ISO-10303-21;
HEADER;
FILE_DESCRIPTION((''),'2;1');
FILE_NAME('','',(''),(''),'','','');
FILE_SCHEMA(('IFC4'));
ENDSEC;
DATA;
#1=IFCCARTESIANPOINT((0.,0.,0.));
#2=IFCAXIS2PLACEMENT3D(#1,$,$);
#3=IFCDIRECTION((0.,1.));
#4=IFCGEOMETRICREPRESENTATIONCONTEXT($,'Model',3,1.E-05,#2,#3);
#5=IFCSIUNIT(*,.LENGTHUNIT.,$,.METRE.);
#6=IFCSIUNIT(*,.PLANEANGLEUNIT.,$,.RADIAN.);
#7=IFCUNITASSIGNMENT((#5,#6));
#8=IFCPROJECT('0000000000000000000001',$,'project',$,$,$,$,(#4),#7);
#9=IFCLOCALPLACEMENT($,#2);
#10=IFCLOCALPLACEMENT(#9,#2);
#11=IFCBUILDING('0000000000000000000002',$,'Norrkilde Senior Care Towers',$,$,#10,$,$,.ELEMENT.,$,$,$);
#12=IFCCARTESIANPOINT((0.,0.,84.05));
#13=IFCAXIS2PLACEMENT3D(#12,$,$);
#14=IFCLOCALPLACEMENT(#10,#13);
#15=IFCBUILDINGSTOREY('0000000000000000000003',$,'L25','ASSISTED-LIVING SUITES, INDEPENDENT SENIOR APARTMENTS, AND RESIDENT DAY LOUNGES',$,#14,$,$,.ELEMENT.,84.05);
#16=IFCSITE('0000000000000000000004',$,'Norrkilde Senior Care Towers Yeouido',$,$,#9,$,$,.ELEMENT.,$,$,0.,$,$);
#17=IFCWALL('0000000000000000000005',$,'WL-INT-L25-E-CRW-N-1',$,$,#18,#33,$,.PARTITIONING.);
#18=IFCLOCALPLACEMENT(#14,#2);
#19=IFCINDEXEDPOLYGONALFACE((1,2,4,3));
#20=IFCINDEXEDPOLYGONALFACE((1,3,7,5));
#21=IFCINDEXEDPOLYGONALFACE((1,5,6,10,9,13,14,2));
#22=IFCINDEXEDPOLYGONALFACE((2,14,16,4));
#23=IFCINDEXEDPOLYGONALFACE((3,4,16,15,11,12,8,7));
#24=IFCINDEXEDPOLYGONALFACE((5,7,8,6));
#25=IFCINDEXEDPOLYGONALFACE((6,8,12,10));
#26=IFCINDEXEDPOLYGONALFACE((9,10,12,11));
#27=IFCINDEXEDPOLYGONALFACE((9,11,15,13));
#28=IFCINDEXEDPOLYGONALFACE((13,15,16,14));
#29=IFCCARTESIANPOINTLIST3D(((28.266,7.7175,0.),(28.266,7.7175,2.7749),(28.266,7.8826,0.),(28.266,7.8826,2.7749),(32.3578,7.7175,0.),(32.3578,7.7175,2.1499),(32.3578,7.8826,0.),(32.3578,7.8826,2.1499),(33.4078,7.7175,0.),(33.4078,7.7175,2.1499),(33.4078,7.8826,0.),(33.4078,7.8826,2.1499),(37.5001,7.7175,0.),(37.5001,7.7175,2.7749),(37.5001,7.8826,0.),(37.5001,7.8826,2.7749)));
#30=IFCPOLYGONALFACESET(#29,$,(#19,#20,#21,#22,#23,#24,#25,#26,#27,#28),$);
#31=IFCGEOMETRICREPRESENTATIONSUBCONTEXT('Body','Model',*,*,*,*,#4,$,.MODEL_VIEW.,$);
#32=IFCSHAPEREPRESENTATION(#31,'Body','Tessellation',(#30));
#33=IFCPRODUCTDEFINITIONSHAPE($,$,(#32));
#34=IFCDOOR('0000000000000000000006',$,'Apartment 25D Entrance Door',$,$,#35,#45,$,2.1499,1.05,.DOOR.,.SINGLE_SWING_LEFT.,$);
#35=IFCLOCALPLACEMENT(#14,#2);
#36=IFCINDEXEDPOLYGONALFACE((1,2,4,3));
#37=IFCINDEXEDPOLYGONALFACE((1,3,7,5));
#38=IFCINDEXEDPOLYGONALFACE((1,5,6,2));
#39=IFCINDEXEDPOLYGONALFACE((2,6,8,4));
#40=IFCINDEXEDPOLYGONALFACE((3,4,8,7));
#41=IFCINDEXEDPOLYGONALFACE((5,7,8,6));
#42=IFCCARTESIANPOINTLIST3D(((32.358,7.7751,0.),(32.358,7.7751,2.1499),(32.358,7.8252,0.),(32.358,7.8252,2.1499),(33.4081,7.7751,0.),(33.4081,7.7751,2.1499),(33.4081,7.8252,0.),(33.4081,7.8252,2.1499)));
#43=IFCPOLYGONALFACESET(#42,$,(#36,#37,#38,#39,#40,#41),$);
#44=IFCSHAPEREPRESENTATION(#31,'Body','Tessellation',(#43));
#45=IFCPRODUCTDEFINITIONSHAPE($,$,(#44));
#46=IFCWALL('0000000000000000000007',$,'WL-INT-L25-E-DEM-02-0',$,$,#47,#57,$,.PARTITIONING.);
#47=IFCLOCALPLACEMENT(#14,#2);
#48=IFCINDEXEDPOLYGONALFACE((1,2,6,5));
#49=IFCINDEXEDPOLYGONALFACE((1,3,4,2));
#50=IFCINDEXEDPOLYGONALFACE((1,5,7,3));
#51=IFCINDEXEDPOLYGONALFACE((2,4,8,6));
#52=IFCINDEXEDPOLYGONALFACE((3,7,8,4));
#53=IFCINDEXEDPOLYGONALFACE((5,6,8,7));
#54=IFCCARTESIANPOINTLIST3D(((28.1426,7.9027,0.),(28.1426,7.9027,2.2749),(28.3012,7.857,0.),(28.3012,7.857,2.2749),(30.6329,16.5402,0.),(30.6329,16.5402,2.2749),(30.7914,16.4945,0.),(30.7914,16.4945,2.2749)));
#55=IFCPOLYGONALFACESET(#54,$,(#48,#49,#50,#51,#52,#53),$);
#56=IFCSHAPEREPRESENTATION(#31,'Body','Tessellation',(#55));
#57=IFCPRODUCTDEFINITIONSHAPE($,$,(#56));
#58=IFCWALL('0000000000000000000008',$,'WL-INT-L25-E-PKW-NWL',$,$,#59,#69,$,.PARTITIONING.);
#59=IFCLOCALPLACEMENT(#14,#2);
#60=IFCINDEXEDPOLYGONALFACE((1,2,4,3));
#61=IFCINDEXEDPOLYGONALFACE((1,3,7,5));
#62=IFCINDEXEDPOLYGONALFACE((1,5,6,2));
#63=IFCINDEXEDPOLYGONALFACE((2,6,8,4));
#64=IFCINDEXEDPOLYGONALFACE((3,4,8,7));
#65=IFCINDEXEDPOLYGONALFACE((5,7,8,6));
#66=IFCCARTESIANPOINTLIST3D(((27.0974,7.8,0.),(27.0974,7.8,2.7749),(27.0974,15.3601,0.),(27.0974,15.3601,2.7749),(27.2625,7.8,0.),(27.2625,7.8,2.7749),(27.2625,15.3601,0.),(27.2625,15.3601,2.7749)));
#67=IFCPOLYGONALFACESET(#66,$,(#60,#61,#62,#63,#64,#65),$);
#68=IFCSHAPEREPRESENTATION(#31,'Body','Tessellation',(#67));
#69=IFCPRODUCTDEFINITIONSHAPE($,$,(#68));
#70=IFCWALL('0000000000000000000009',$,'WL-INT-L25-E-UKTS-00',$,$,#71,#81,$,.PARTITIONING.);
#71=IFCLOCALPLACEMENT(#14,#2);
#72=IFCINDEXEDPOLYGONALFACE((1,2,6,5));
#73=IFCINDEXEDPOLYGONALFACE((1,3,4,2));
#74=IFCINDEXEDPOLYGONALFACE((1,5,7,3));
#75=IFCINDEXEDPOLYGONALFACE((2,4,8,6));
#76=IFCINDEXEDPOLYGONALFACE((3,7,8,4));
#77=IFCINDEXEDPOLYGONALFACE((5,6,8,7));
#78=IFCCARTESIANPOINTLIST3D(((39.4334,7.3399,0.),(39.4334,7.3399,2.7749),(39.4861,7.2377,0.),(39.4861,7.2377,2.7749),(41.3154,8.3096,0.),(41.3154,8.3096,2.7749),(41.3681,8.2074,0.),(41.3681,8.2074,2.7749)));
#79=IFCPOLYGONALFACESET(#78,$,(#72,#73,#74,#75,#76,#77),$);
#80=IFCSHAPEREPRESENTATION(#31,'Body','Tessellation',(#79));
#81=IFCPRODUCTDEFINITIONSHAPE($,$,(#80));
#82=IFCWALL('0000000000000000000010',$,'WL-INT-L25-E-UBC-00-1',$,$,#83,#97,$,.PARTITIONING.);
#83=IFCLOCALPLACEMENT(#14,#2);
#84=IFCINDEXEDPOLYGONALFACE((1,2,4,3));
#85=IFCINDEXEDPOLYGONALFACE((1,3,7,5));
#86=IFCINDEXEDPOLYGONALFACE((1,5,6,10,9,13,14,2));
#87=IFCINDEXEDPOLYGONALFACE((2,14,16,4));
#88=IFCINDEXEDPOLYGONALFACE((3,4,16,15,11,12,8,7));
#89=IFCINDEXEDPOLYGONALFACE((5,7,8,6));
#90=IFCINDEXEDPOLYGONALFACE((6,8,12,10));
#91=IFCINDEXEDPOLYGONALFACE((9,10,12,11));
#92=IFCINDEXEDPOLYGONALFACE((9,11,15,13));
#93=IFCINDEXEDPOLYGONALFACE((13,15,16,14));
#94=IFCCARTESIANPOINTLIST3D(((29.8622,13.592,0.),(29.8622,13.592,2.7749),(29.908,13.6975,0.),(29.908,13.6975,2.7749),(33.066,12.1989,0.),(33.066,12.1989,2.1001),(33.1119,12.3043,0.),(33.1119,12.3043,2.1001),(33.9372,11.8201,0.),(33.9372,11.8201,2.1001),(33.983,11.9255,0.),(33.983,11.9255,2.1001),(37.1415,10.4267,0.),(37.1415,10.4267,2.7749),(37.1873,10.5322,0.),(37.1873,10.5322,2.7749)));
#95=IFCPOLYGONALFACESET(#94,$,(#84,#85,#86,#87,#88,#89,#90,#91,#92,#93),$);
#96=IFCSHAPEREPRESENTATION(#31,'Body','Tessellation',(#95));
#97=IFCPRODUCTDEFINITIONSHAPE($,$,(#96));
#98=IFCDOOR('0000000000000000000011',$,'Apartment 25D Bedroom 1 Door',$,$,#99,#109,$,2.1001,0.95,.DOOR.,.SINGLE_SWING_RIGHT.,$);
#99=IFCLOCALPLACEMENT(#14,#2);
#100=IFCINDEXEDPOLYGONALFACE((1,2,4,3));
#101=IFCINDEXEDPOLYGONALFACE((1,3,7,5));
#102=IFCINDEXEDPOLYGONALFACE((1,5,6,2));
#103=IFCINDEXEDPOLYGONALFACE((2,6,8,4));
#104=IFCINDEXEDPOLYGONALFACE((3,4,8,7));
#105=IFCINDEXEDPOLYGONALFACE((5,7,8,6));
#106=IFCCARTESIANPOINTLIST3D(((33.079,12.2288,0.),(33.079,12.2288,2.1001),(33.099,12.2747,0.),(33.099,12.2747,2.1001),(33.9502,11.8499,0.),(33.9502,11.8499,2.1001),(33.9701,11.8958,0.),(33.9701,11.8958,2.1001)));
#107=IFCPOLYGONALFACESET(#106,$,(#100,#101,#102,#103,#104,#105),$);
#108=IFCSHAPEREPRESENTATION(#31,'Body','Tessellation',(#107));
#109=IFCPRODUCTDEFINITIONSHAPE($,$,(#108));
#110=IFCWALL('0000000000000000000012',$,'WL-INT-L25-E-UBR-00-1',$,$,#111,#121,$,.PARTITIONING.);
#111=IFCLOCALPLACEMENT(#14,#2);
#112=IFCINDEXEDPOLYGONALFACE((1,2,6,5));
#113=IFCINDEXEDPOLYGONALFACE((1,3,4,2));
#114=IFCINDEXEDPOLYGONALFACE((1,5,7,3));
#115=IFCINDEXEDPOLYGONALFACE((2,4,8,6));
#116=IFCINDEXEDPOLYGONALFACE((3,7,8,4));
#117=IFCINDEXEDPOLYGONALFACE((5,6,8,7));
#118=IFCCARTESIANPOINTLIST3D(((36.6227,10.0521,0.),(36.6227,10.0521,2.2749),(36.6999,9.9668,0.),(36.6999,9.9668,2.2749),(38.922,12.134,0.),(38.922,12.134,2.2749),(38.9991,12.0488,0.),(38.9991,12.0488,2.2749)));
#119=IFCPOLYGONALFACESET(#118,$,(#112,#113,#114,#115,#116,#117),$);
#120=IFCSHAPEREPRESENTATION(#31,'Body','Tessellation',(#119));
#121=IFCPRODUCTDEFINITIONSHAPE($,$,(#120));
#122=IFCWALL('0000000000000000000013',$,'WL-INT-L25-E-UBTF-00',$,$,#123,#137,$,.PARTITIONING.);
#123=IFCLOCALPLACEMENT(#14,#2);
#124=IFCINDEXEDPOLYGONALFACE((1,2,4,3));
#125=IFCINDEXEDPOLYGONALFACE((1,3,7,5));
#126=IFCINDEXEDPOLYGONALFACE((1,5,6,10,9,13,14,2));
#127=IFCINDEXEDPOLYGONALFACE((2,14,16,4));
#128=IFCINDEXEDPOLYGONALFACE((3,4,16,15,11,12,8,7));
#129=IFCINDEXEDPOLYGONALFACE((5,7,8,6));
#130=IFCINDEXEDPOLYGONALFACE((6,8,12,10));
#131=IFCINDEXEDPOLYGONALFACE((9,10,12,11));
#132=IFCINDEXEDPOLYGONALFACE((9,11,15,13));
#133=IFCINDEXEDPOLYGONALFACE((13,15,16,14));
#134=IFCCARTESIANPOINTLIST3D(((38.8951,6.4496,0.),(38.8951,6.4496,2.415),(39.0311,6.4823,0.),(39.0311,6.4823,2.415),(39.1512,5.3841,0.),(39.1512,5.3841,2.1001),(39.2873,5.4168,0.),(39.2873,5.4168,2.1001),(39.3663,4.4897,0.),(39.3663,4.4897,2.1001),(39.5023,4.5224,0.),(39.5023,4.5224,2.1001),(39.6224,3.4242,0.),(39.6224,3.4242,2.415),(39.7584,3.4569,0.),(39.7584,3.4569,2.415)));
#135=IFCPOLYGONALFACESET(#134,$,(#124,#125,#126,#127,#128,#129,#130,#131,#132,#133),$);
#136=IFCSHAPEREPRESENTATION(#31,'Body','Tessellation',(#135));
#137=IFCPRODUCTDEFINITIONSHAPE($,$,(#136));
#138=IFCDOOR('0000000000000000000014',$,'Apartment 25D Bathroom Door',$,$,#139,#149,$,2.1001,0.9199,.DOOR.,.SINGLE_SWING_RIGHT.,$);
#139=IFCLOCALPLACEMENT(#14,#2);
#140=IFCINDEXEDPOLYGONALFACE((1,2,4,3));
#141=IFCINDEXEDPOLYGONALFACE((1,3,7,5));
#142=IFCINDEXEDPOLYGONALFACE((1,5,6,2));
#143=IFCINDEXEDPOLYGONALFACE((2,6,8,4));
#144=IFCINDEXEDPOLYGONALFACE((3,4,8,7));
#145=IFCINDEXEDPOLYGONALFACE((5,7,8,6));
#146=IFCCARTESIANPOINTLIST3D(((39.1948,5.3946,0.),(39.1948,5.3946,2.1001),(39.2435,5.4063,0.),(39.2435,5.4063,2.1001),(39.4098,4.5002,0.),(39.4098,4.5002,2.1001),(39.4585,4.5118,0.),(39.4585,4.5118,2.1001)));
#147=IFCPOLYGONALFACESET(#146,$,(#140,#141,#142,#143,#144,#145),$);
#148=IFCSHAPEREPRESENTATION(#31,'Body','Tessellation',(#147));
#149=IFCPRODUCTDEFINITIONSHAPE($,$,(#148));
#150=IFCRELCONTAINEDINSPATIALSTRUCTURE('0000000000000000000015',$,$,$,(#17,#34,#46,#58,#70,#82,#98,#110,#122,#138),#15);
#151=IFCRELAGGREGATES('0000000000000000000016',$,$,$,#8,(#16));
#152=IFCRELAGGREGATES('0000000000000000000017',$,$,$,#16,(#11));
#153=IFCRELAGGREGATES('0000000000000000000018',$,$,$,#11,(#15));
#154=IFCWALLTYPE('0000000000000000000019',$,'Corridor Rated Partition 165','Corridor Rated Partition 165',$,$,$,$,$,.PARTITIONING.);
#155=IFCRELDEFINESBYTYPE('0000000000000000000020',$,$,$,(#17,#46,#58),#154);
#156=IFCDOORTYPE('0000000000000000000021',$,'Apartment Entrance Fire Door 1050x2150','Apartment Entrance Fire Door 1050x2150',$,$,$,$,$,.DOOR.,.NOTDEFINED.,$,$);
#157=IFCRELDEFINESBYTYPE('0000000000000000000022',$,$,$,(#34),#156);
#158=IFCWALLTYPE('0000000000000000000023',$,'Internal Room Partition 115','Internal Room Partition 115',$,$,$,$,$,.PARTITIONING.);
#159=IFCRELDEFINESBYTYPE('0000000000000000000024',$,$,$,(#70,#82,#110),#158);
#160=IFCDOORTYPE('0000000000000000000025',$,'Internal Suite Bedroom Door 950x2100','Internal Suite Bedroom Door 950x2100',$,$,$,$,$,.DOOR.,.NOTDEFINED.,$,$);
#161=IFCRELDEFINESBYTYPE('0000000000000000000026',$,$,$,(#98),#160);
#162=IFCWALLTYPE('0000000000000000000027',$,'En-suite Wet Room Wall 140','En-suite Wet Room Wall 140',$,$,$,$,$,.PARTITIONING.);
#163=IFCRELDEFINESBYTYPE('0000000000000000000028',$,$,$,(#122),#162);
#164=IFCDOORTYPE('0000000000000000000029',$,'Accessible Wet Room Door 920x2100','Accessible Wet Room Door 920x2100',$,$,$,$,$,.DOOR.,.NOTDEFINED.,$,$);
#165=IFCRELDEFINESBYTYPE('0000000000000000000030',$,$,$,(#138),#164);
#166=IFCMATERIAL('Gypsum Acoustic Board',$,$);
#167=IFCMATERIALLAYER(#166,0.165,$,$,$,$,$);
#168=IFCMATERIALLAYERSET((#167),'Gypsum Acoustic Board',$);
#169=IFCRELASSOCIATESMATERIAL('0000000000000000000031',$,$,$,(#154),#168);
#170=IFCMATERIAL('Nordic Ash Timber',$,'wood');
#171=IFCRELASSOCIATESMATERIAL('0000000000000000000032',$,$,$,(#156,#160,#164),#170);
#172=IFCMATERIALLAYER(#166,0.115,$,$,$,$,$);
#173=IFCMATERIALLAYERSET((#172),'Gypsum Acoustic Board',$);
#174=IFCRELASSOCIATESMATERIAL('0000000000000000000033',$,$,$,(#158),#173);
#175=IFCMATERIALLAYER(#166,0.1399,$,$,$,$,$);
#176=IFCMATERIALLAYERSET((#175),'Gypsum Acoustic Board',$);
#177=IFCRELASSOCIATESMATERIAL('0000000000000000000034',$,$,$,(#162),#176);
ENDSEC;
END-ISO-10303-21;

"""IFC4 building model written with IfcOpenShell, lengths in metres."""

from ifc_helpers import new_model, si_unit, direction, frame, frame_2d, origin, place, context, subcontext, project, spatial, rectangle, extrude, source, transform, mapped, material, layer, layer_set, type_object, type_shapes, element, fill, save


model = new_model("IFC4")

# Units and contexts
model_context = context("Model", 3, precision=1e-05, world=origin(), true_north=direction((0.0, 1.0)))
body_context = subcontext(model_context, "Body", "Model", "MODEL_VIEW")
ifc_project = project(units=[si_unit("LENGTHUNIT", "METRE"), si_unit("PLANEANGLEUNIT", "RADIAN")], contexts=[model_context])

# Site, building, storey
site_placement = place(None, origin())
site = spatial("IfcSite", under=ifc_project, at=site_placement, Name="Norrkilde Senior Care Towers Yeouido", CompositionType="ELEMENT", RefElevation=0.0)
building_placement = place(site_placement, origin())
building = spatial("IfcBuilding", under=site, at=building_placement, Name="Norrkilde Senior Care Towers", CompositionType="ELEMENT")
storey_placement = place(building_placement, frame((0.0, 0.0, 84.05)))
storey = spatial("IfcBuildingStorey", under=building, at=storey_placement, Name="L25", Description="ASSISTED-LIVING SUITES, INDEPENDENT SENIOR APARTMENTS, AND RESIDENT DAY LOUNGES", CompositionType="ELEMENT", Elevation=84.05)

# Wall, opening, door
ifc_material_1 = material(Name="Gypsum Acoustic Board")
ifc_layer_1 = layer(ifc_material_1, 0.165)
ifc_layer_set_1 = layer_set([ifc_layer_1], Name="Gypsum Acoustic Board")
wall_type_1 = type_object("IfcWallType", Name="Corridor Rated Partition 165", Description="Corridor Rated Partition 165", PredefinedType="PARTITIONING", material=ifc_layer_set_1)
ifc_material_2 = material(Name="Nordic Ash Timber", Category="wood")
door_type_1 = type_object("IfcDoorType", Name="Apartment Entrance Fire Door 1050x2150", Description="Apartment Entrance Fire Door 1050x2150", OperationType="NOTDEFINED", PredefinedType="DOOR", material=ifc_material_2)
shared_shape_1 = source(origin(), body_context, "Body", "SweptSolid", [
    extrude(rectangle(XDim=1.05, YDim=2.1499, at=frame_2d((0.5249, 1.075))), frame((0.0, 0.0249, 0.0), z_axis=(0.0, -1.0, 0.0), x_axis=(1.0, 0.0, 0.0)), (0.0, 0.0, 1.0), 0.05),
])
type_shapes(door_type_1, [shared_shape_1])
shared_shape_2 = source(origin(), body_context, "Body", "SweptSolid", [
    extrude(rectangle(XDim=9.2341, YDim=0.165, at=frame_2d((4.6172, 0.0))), origin(), (0.0, 0.0, 1.0), 2.7749),
])
wall_1_placement = place(storey_placement, frame((28.2659, 7.8, 0.0), z_axis=(0.0, 0.0, 1.0), x_axis=(1.0, 0.0, 0.0)))
wall_1 = element("IfcWall", 1, at=wall_1_placement, inside=storey, type_object=wall_type_1, Name="WL-INT-L25-E-CRW-N-1", PredefinedType="PARTITIONING", context=body_context, shape_type="MappedRepresentation", body=[
    mapped(shared_shape_2, transform((0.0, 0.0, 0.0), x_axis=(1.0, 0.0, 0.0), y_axis=(0.0, 1.0, 0.0), z_axis=(0.0, 0.0, 1.0), scale=1.0)),
])
opening_1_placement = place(wall_1_placement, frame((4.092, 0.0, 0.0)))
opening_1 = element("IfcOpeningElement", 2, at=opening_1_placement, cuts=wall_1, PredefinedType="OPENING", context=body_context, shape_type="SweptSolid", body=[
    extrude(rectangle(XDim=1.05, YDim=2.1499, at=frame_2d((0.5249, 1.075))), frame((0.0, 0.0925, 0.0), z_axis=(0.0, -1.0, 0.0), x_axis=(1.0, 0.0, 0.0)), (0.0, 0.0, 1.0), 0.1851),
])
door_1_placement = place(opening_1_placement, frame((1.05, 0.0, 0.0), z_axis=(0.0, 0.0, 1.0), x_axis=(-1.0, 0.0, 0.0)))
door_1 = element("IfcDoor", 3, at=door_1_placement, inside=storey, type_object=door_type_1, Name="Apartment 25D Entrance Door", OperationType="SINGLE_SWING_LEFT", OverallHeight=2.1499, OverallWidth=1.05, PredefinedType="DOOR", context=body_context, shape_type="MappedRepresentation", body=[
    mapped(shared_shape_1, transform((0.0, 0.0, 0.0), x_axis=(1.0, 0.0, 0.0), y_axis=(0.0, 1.0, 0.0), z_axis=(0.0, 0.0, 1.0), scale=1.0)),
])
fill(opening_1, door_1)

# Walls
shared_shape_3 = source(origin(), body_context, "Body", "SweptSolid", [
    extrude(rectangle(XDim=8.9893, YDim=0.165, at=frame_2d((4.4946, 0.0))), origin(), (0.0, 0.0, 1.0), 2.2749),
])
wall_2_placement = place(storey_placement, frame((28.2219, 7.8799, 0.0), z_axis=(0.0, 0.0, 1.0), x_axis=(0.277023, 0.960863, 0.0)))
element("IfcWall", 4, at=wall_2_placement, inside=storey, type_object=wall_type_1, Name="WL-INT-L25-E-DEM-02-0", PredefinedType="PARTITIONING", context=body_context, shape_type="MappedRepresentation", body=[
    mapped(shared_shape_3, transform((0.0, 0.0, 0.0), x_axis=(1.0, 0.0, 0.0), y_axis=(0.0, 1.0, 0.0), z_axis=(0.0, 0.0, 1.0), scale=1.0)),
])
shared_shape_4 = source(origin(), body_context, "Body", "SweptSolid", [
    extrude(rectangle(XDim=7.5601, YDim=0.165, at=frame_2d((3.78, 0.0))), origin(), (0.0, 0.0, 1.0), 2.7749),
])
wall_3_placement = place(storey_placement, frame((27.1799, 7.8, 0.0), z_axis=(0.0, 0.0, 1.0), x_axis=(0.0, 1.0, 0.0)))
element("IfcWall", 5, at=wall_3_placement, inside=storey, type_object=wall_type_1, Name="WL-INT-L25-E-PKW-NWL", PredefinedType="PARTITIONING", context=body_context, shape_type="MappedRepresentation", body=[
    mapped(shared_shape_4, transform((0.0, 0.0, 0.0), x_axis=(1.0, 0.0, 0.0), y_axis=(0.0, 1.0, 0.0), z_axis=(0.0, 0.0, 1.0), scale=1.0)),
])
ifc_layer_2 = layer(ifc_material_1, 0.115)
ifc_layer_set_2 = layer_set([ifc_layer_2], Name="Gypsum Acoustic Board")
wall_type_2 = type_object("IfcWallType", Name="Internal Room Partition 115", Description="Internal Room Partition 115", PredefinedType="PARTITIONING", material=ifc_layer_set_2)
shared_shape_5 = source(origin(), body_context, "Body", "SweptSolid", [
    extrude(rectangle(XDim=2.1172, YDim=0.115, at=frame_2d((1.0586, 0.0))), origin(), (0.0, 0.0, 1.0), 2.7749),
])
wall_4_placement = place(storey_placement, frame((39.4597, 7.2888, 0.0), z_axis=(0.0, 0.0, 1.0), x_axis=(0.888942, 0.45802, 0.0)))
element("IfcWall", 6, at=wall_4_placement, inside=storey, type_object=wall_type_2, Name="WL-INT-L25-E-UKTS-00", PredefinedType="PARTITIONING", context=body_context, shape_type="MappedRepresentation", body=[
    mapped(shared_shape_5, transform((0.0, 0.0, 0.0), x_axis=(1.0, 0.0, 0.0), y_axis=(0.0, 1.0, 0.0), z_axis=(0.0, 0.0, 1.0), scale=1.0)),
])

# Wall, opening, door
shared_shape_6 = source(origin(), body_context, "Body", "SweptSolid", [
    extrude(rectangle(XDim=7.9377, YDim=0.115, at=frame_2d((3.9688, 0.0))), origin(), (0.0, 0.0, 1.0), 2.7749),
])
wall_5_placement = place(storey_placement, frame((37.1643, 10.4795, 0.0), z_axis=(0.0, 0.0, 1.0), x_axis=(-0.917053, 0.398765, 0.0)))
wall_5 = element("IfcWall", 7, at=wall_5_placement, inside=storey, type_object=wall_type_2, Name="WL-INT-L25-E-UBC-00-1", PredefinedType="PARTITIONING", context=body_context, shape_type="MappedRepresentation", body=[
    mapped(shared_shape_6, transform((0.0, 0.0, 0.0), x_axis=(1.0, 0.0, 0.0), y_axis=(0.0, 1.0, 0.0), z_axis=(0.0, 0.0, 1.0), scale=1.0)),
])
opening_2_placement = place(wall_5_placement, frame((3.4939, 0.0, 0.0)))
opening_2 = element("IfcOpeningElement", 8, at=opening_2_placement, cuts=wall_5, PredefinedType="OPENING", context=body_context, shape_type="SweptSolid", body=[
    extrude(rectangle(XDim=0.95, YDim=2.1001, at=frame_2d((0.4751, 1.05))), frame((0.0, 0.0674, 0.0), z_axis=(0.0, -1.0, 0.0), x_axis=(1.0, 0.0, 0.0)), (0.0, 0.0, 1.0), 0.135),
])
door_type_2 = type_object("IfcDoorType", Name="Internal Suite Bedroom Door 950x2100", Description="Internal Suite Bedroom Door 950x2100", OperationType="NOTDEFINED", PredefinedType="DOOR", material=ifc_material_2)
shared_shape_7 = source(origin(), body_context, "Body", "SweptSolid", [
    extrude(rectangle(XDim=0.95, YDim=2.1001, at=frame_2d((0.4751, 1.05))), frame((0.0, 0.0249, 0.0), z_axis=(0.0, -1.0, 0.0), x_axis=(1.0, 0.0, 0.0)), (0.0, 0.0, 1.0), 0.05),
])
type_shapes(door_type_2, [shared_shape_7])
door_2_placement = place(opening_2_placement, origin())
door_2 = element("IfcDoor", 9, at=door_2_placement, inside=storey, type_object=door_type_2, Name="Apartment 25D Bedroom 1 Door", OperationType="SINGLE_SWING_RIGHT", OverallHeight=2.1001, OverallWidth=0.95, PredefinedType="DOOR", context=body_context, shape_type="MappedRepresentation", body=[
    mapped(shared_shape_7, transform((0.0, 0.0, 0.0), x_axis=(1.0, 0.0, 0.0), y_axis=(0.0, 1.0, 0.0), z_axis=(0.0, 0.0, 1.0), scale=1.0)),
])
fill(opening_2, door_2)

# Wall
shared_shape_8 = source(origin(), body_context, "Body", "SweptSolid", [
    extrude(rectangle(XDim=3.1018, YDim=0.115, at=frame_2d((1.5508, 0.0))), origin(), (0.0, 0.0, 1.0), 2.2749),
])
wall_6_placement = place(storey_placement, frame((36.6614, 10.0095, 0.0), z_axis=(0.0, 0.0, 1.0), x_axis=(0.741263, 0.671214, 0.0)))
element("IfcWall", 10, at=wall_6_placement, inside=storey, type_object=wall_type_2, Name="WL-INT-L25-E-UBR-00-1", PredefinedType="PARTITIONING", context=body_context, shape_type="MappedRepresentation", body=[
    mapped(shared_shape_8, transform((0.0, 0.0, 0.0), x_axis=(1.0, 0.0, 0.0), y_axis=(0.0, 1.0, 0.0), z_axis=(0.0, 0.0, 1.0), scale=1.0)),
])

# Wall, opening, door
ifc_layer_3 = layer(ifc_material_1, 0.1399)
ifc_layer_set_3 = layer_set([ifc_layer_3], Name="Gypsum Acoustic Board")
wall_type_3 = type_object("IfcWallType", Name="En-suite Wet Room Wall 140", Description="En-suite Wet Room Wall 140", PredefinedType="PARTITIONING", material=ifc_layer_set_3)
shared_shape_9 = source(origin(), body_context, "Body", "SweptSolid", [
    extrude(rectangle(XDim=3.1116, YDim=0.1399, at=frame_2d((1.5557, 0.0))), origin(), (0.0, 0.0, 1.0), 2.415),
])
type_shapes(wall_type_3, [shared_shape_9])
wall_7_placement = place(storey_placement, frame((38.9631, 6.4658, 0.0), z_axis=(0.0, 0.0, 1.0), x_axis=(0.233738, -0.9723, 0.0)))
wall_7 = element("IfcWall", 11, at=wall_7_placement, inside=storey, type_object=wall_type_3, Name="WL-INT-L25-E-UBTF-00", PredefinedType="PARTITIONING", context=body_context, shape_type="MappedRepresentation", body=[
    mapped(shared_shape_9, transform((0.0, 0.0, 0.0), x_axis=(1.0, 0.0, 0.0), y_axis=(0.0, 1.0, 0.0), z_axis=(0.0, 0.0, 1.0), scale=1.0)),
])
opening_3_placement = place(wall_7_placement, frame((1.0957, 0.0, 0.0)))
opening_3 = element("IfcOpeningElement", 12, at=opening_3_placement, cuts=wall_7, PredefinedType="OPENING", context=body_context, shape_type="SweptSolid", body=[
    extrude(rectangle(XDim=0.9199, YDim=2.1001, at=frame_2d((0.46, 1.05))), frame((0.0, 0.0798, 0.0), z_axis=(0.0, -1.0, 0.0), x_axis=(1.0, 0.0, 0.0)), (0.0, 0.0, 1.0), 0.1599),
])
door_type_3 = type_object("IfcDoorType", Name="Accessible Wet Room Door 920x2100", Description="Accessible Wet Room Door 920x2100", OperationType="NOTDEFINED", PredefinedType="DOOR", material=ifc_material_2)
shared_shape_10 = source(origin(), body_context, "Body", "SweptSolid", [
    extrude(rectangle(XDim=0.9199, YDim=2.1001, at=frame_2d((0.46, 1.05))), frame((0.0, 0.0249, 0.0), z_axis=(0.0, -1.0, 0.0), x_axis=(1.0, 0.0, 0.0)), (0.0, 0.0, 1.0), 0.05),
])
type_shapes(door_type_3, [shared_shape_10])
door_3_placement = place(opening_3_placement, origin())
door_3 = element("IfcDoor", 13, at=door_3_placement, inside=storey, type_object=door_type_3, Name="Apartment 25D Bathroom Door", OperationType="SINGLE_SWING_RIGHT", OverallHeight=2.1001, OverallWidth=0.9199, PredefinedType="DOOR", context=body_context, shape_type="MappedRepresentation", body=[
    mapped(shared_shape_10, transform((0.0, 0.0, 0.0), x_axis=(1.0, 0.0, 0.0), y_axis=(0.0, 1.0, 0.0), z_axis=(0.0, 0.0, 1.0), scale=1.0)),
])
fill(opening_3, door_3)

save(model, "model.ifc")
